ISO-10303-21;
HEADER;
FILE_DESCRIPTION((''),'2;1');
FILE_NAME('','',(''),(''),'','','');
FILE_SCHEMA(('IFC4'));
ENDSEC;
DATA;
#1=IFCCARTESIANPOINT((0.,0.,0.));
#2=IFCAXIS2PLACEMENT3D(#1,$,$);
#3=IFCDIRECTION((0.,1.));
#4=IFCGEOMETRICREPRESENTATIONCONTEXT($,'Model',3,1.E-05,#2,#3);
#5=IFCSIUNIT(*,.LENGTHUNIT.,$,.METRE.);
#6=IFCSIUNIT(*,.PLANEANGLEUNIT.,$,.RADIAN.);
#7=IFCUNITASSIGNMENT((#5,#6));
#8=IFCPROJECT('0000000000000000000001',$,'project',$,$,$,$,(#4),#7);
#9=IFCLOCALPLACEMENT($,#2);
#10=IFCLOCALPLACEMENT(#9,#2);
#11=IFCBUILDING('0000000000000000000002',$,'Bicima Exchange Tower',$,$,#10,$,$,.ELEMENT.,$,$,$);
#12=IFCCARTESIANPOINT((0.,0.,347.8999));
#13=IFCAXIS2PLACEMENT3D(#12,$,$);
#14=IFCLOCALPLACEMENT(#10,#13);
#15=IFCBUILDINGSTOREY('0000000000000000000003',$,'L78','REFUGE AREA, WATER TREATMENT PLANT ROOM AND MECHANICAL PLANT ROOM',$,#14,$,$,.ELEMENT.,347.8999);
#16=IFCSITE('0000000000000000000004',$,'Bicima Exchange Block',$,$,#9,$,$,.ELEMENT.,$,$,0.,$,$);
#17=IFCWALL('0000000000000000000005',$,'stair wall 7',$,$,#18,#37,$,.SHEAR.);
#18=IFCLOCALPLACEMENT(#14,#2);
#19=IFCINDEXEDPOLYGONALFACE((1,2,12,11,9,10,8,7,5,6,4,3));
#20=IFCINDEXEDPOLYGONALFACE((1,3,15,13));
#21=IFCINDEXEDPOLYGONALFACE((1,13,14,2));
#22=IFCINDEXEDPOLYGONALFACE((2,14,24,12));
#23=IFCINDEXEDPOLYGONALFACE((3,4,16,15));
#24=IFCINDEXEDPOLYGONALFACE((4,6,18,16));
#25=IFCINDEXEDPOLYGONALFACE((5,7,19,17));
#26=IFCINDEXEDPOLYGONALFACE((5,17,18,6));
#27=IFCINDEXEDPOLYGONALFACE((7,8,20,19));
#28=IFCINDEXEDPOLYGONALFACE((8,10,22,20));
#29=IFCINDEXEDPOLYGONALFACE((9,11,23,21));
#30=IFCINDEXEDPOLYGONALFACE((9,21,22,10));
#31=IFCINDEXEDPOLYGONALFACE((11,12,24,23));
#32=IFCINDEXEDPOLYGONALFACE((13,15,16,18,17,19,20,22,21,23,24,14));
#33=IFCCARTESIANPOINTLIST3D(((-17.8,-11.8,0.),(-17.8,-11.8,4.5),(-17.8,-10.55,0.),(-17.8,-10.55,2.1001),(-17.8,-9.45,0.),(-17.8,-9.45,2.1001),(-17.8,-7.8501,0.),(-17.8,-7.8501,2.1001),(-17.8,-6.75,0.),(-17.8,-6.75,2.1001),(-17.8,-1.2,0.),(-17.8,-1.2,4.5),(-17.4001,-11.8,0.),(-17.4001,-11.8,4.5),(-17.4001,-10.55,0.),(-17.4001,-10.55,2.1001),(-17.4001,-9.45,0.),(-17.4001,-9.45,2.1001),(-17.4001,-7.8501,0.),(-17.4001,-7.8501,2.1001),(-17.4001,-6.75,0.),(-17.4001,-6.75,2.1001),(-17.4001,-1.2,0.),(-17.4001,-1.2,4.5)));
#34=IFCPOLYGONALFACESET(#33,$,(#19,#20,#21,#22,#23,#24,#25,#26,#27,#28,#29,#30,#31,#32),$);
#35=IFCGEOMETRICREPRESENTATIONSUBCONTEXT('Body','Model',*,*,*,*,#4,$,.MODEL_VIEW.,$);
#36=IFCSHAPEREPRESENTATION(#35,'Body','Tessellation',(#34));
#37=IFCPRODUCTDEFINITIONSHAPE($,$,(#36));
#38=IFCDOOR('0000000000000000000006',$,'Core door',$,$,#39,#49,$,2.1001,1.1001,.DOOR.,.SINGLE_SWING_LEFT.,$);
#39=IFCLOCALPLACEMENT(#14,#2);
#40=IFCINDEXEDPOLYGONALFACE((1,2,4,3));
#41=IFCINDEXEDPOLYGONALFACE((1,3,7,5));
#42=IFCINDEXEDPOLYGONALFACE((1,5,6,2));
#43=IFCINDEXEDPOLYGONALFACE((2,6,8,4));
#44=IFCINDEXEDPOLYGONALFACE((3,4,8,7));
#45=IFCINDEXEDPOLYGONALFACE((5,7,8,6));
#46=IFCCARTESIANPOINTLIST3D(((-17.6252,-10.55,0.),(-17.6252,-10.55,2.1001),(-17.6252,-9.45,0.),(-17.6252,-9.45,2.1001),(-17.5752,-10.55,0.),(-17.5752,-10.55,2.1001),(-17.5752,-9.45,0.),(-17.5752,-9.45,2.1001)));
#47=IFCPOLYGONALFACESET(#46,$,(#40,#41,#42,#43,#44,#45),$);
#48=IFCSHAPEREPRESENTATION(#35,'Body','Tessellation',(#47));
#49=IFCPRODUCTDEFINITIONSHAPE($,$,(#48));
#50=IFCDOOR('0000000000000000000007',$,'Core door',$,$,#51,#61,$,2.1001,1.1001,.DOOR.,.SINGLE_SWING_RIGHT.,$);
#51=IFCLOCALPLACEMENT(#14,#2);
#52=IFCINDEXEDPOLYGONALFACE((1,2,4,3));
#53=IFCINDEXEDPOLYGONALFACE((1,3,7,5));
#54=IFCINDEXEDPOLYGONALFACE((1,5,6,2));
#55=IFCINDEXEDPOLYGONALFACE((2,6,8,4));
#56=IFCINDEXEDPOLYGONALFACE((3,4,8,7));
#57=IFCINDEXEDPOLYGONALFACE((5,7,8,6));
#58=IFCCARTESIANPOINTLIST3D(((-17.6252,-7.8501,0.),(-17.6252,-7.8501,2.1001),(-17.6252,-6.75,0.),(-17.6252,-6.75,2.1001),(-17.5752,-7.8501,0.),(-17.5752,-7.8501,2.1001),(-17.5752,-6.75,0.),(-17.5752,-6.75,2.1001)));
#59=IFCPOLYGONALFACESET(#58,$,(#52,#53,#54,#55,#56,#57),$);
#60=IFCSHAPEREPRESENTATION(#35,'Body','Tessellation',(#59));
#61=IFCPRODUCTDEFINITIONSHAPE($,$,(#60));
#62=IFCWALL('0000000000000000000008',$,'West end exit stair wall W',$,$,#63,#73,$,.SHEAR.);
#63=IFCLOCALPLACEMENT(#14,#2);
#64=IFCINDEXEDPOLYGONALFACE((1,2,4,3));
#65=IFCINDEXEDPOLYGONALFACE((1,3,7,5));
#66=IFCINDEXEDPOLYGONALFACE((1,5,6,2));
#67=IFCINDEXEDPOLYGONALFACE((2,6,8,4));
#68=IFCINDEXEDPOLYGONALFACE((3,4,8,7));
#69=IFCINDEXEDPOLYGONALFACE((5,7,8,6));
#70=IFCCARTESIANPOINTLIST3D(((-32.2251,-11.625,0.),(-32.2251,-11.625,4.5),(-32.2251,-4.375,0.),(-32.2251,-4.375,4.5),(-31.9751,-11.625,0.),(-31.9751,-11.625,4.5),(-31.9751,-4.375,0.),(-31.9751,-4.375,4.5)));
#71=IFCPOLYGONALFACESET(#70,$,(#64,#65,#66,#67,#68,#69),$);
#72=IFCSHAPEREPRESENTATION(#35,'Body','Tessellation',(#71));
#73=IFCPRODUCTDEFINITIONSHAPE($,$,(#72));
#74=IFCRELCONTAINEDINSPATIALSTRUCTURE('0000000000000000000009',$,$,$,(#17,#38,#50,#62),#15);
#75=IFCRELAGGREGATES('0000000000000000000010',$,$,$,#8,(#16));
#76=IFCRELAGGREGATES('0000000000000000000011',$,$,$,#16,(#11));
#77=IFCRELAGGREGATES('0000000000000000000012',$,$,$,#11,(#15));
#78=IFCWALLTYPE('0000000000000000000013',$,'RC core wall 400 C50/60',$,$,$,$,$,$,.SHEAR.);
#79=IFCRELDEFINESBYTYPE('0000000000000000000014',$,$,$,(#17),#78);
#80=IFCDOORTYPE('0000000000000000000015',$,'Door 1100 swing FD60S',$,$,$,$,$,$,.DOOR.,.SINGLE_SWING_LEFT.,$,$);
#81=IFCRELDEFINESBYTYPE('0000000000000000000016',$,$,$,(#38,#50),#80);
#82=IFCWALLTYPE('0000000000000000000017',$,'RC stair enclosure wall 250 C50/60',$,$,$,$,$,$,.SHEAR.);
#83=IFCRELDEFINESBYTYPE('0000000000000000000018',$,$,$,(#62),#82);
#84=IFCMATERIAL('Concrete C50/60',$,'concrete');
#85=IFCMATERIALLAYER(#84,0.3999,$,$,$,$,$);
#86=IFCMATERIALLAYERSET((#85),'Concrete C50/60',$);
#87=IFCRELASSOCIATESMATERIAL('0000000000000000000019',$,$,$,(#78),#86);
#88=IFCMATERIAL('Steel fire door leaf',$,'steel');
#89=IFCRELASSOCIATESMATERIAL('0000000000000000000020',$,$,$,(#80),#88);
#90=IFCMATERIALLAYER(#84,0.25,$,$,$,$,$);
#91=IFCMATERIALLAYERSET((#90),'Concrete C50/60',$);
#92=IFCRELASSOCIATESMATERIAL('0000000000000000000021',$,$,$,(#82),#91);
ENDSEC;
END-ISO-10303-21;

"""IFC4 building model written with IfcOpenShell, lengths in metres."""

from ifc_helpers import new_model, si_unit, direction, frame, frame_2d, origin, place, context, subcontext, project, spatial, rectangle, extrude, material, layer, layer_set, type_object, element, fill, save


model = new_model("IFC4")

# Units and contexts
model_context = context("Model", 3, precision=1e-05, world=origin(), true_north=direction((0.0, 1.0)))
body_context = subcontext(model_context, "Body", "Model", "MODEL_VIEW")
ifc_project = project(units=[si_unit("LENGTHUNIT", "METRE"), si_unit("PLANEANGLEUNIT", "RADIAN")], contexts=[model_context])

# Site, building, storey
site_placement = place(None, origin())
site = spatial("IfcSite", under=ifc_project, at=site_placement, Name="Bicima Exchange Block", CompositionType="ELEMENT", RefElevation=0.0)
building_placement = place(site_placement, origin())
building = spatial("IfcBuilding", under=site, at=building_placement, Name="Bicima Exchange Tower", CompositionType="ELEMENT")
storey_placement = place(building_placement, frame((0.0, 0.0, 347.8999)))
storey = spatial("IfcBuildingStorey", under=building, at=storey_placement, Name="L78", Description="REFUGE AREA, WATER TREATMENT PLANT ROOM AND MECHANICAL PLANT ROOM", CompositionType="ELEMENT", Elevation=347.8999)

# Shared definitions
ifc_material_1 = material(Name="Steel fire door leaf", Category="steel")

# Shared definitions
ifc_material_2 = material(Name="Concrete C50/60", Category="concrete")

# Wall, openings, doors
ifc_layer_1 = layer(ifc_material_2, 0.3999)
ifc_layer_set_1 = layer_set([ifc_layer_1], Name="Concrete C50/60")
wall_type_1 = type_object("IfcWallType", Name="RC core wall 400 C50/60", PredefinedType="SHEAR", material=ifc_layer_set_1)
wall_1_placement = place(storey_placement, frame((-17.6001, -11.8, 0.0), z_axis=(0.0, 0.0, 1.0), x_axis=(0.0, 1.0, 0.0)))
wall_1 = element("IfcWall", 1, at=wall_1_placement, inside=storey, type_object=wall_type_1, Name="stair wall 7", PredefinedType="SHEAR", context=body_context, shape_type="SweptSolid", body=[
    extrude(rectangle(XDim=10.6001, YDim=0.3999, at=frame_2d((5.3, 0.0))), origin(), (0.0, 0.0, 1.0), 4.5),
])
opening_1_placement = place(wall_1_placement, frame((1.25, 0.0, 0.0)))
opening_1 = element("IfcOpeningElement", 2, at=opening_1_placement, cuts=wall_1, PredefinedType="OPENING", context=body_context, shape_type="SweptSolid", body=[
    extrude(rectangle(XDim=1.1001, YDim=2.1001, at=frame_2d((0.55, 1.05))), frame((0.0, 0.2119, 0.0), z_axis=(0.0, -1.0, 0.0), x_axis=(1.0, 0.0, 0.0)), (0.0, 0.0, 1.0), 0.4238),
])
opening_2_placement = place(wall_1_placement, frame((3.95, 0.0, 0.0)))
opening_2 = element("IfcOpeningElement", 3, at=opening_2_placement, cuts=wall_1, PredefinedType="OPENING", context=body_context, shape_type="SweptSolid", body=[
    extrude(rectangle(XDim=1.1001, YDim=2.1001, at=frame_2d((0.55, 1.05))), frame((0.0, 0.2119, 0.0), z_axis=(0.0, -1.0, 0.0), x_axis=(1.0, 0.0, 0.0)), (0.0, 0.0, 1.0), 0.4238),
])
door_type_1 = type_object("IfcDoorType", Name="Door 1100 swing FD60S", OperationType="SINGLE_SWING_LEFT", PredefinedType="DOOR", material=ifc_material_1)
door_1_placement = place(opening_1_placement, frame((1.1001, 0.0, 0.0), z_axis=(0.0, 0.0, 1.0), x_axis=(-1.0, 0.0, 0.0)))
door_1 = element("IfcDoor", 4, at=door_1_placement, inside=storey, type_object=door_type_1, Name="Core door", OperationType="SINGLE_SWING_LEFT", OverallHeight=2.1001, OverallWidth=1.1001, PredefinedType="DOOR", context=body_context, shape_type="SweptSolid", body=[
    extrude(rectangle(XDim=1.1001, YDim=2.1001, at=frame_2d((0.55, 1.05))), frame((0.0, 0.0249, 0.0), z_axis=(0.0, -1.0, 0.0), x_axis=(1.0, 0.0, 0.0)), (0.0, 0.0, 1.0), 0.05),
])
fill(opening_1, door_1)
door_2_placement = place(opening_2_placement, frame((1.1001, 0.0, 0.0), z_axis=(0.0, 0.0, 1.0), x_axis=(-1.0, 0.0, 0.0)))
door_2 = element("IfcDoor", 5, at=door_2_placement, inside=storey, type_object=door_type_1, Name="Core door", OperationType="SINGLE_SWING_RIGHT", OverallHeight=2.1001, OverallWidth=1.1001, PredefinedType="DOOR", context=body_context, shape_type="SweptSolid", body=[
    extrude(rectangle(XDim=1.1001, YDim=2.1001, at=frame_2d((0.55, 1.05))), frame((0.0, 0.0249, 0.0), z_axis=(0.0, -1.0, 0.0), x_axis=(1.0, 0.0, 0.0)), (0.0, 0.0, 1.0), 0.05),
])
fill(opening_2, door_2)

# Wall
ifc_layer_2 = layer(ifc_material_2, 0.25)
ifc_layer_set_2 = layer_set([ifc_layer_2], Name="Concrete C50/60")
wall_type_2 = type_object("IfcWallType", Name="RC stair enclosure wall 250 C50/60", PredefinedType="SHEAR", material=ifc_layer_set_2)
wall_2_placement = place(storey_placement, frame((-32.1001, -11.625, 0.0), z_axis=(0.0, 0.0, 1.0), x_axis=(0.0, 1.0, 0.0)))
element("IfcWall", 6, at=wall_2_placement, inside=storey, type_object=wall_type_2, Name="West end exit stair wall W", PredefinedType="SHEAR", context=body_context, shape_type="SweptSolid", body=[
    extrude(rectangle(XDim=7.25, YDim=0.25, at=frame_2d((3.625, 0.0))), origin(), (0.0, 0.0, 1.0), 4.5),
])

save(model, "model.ifc")
